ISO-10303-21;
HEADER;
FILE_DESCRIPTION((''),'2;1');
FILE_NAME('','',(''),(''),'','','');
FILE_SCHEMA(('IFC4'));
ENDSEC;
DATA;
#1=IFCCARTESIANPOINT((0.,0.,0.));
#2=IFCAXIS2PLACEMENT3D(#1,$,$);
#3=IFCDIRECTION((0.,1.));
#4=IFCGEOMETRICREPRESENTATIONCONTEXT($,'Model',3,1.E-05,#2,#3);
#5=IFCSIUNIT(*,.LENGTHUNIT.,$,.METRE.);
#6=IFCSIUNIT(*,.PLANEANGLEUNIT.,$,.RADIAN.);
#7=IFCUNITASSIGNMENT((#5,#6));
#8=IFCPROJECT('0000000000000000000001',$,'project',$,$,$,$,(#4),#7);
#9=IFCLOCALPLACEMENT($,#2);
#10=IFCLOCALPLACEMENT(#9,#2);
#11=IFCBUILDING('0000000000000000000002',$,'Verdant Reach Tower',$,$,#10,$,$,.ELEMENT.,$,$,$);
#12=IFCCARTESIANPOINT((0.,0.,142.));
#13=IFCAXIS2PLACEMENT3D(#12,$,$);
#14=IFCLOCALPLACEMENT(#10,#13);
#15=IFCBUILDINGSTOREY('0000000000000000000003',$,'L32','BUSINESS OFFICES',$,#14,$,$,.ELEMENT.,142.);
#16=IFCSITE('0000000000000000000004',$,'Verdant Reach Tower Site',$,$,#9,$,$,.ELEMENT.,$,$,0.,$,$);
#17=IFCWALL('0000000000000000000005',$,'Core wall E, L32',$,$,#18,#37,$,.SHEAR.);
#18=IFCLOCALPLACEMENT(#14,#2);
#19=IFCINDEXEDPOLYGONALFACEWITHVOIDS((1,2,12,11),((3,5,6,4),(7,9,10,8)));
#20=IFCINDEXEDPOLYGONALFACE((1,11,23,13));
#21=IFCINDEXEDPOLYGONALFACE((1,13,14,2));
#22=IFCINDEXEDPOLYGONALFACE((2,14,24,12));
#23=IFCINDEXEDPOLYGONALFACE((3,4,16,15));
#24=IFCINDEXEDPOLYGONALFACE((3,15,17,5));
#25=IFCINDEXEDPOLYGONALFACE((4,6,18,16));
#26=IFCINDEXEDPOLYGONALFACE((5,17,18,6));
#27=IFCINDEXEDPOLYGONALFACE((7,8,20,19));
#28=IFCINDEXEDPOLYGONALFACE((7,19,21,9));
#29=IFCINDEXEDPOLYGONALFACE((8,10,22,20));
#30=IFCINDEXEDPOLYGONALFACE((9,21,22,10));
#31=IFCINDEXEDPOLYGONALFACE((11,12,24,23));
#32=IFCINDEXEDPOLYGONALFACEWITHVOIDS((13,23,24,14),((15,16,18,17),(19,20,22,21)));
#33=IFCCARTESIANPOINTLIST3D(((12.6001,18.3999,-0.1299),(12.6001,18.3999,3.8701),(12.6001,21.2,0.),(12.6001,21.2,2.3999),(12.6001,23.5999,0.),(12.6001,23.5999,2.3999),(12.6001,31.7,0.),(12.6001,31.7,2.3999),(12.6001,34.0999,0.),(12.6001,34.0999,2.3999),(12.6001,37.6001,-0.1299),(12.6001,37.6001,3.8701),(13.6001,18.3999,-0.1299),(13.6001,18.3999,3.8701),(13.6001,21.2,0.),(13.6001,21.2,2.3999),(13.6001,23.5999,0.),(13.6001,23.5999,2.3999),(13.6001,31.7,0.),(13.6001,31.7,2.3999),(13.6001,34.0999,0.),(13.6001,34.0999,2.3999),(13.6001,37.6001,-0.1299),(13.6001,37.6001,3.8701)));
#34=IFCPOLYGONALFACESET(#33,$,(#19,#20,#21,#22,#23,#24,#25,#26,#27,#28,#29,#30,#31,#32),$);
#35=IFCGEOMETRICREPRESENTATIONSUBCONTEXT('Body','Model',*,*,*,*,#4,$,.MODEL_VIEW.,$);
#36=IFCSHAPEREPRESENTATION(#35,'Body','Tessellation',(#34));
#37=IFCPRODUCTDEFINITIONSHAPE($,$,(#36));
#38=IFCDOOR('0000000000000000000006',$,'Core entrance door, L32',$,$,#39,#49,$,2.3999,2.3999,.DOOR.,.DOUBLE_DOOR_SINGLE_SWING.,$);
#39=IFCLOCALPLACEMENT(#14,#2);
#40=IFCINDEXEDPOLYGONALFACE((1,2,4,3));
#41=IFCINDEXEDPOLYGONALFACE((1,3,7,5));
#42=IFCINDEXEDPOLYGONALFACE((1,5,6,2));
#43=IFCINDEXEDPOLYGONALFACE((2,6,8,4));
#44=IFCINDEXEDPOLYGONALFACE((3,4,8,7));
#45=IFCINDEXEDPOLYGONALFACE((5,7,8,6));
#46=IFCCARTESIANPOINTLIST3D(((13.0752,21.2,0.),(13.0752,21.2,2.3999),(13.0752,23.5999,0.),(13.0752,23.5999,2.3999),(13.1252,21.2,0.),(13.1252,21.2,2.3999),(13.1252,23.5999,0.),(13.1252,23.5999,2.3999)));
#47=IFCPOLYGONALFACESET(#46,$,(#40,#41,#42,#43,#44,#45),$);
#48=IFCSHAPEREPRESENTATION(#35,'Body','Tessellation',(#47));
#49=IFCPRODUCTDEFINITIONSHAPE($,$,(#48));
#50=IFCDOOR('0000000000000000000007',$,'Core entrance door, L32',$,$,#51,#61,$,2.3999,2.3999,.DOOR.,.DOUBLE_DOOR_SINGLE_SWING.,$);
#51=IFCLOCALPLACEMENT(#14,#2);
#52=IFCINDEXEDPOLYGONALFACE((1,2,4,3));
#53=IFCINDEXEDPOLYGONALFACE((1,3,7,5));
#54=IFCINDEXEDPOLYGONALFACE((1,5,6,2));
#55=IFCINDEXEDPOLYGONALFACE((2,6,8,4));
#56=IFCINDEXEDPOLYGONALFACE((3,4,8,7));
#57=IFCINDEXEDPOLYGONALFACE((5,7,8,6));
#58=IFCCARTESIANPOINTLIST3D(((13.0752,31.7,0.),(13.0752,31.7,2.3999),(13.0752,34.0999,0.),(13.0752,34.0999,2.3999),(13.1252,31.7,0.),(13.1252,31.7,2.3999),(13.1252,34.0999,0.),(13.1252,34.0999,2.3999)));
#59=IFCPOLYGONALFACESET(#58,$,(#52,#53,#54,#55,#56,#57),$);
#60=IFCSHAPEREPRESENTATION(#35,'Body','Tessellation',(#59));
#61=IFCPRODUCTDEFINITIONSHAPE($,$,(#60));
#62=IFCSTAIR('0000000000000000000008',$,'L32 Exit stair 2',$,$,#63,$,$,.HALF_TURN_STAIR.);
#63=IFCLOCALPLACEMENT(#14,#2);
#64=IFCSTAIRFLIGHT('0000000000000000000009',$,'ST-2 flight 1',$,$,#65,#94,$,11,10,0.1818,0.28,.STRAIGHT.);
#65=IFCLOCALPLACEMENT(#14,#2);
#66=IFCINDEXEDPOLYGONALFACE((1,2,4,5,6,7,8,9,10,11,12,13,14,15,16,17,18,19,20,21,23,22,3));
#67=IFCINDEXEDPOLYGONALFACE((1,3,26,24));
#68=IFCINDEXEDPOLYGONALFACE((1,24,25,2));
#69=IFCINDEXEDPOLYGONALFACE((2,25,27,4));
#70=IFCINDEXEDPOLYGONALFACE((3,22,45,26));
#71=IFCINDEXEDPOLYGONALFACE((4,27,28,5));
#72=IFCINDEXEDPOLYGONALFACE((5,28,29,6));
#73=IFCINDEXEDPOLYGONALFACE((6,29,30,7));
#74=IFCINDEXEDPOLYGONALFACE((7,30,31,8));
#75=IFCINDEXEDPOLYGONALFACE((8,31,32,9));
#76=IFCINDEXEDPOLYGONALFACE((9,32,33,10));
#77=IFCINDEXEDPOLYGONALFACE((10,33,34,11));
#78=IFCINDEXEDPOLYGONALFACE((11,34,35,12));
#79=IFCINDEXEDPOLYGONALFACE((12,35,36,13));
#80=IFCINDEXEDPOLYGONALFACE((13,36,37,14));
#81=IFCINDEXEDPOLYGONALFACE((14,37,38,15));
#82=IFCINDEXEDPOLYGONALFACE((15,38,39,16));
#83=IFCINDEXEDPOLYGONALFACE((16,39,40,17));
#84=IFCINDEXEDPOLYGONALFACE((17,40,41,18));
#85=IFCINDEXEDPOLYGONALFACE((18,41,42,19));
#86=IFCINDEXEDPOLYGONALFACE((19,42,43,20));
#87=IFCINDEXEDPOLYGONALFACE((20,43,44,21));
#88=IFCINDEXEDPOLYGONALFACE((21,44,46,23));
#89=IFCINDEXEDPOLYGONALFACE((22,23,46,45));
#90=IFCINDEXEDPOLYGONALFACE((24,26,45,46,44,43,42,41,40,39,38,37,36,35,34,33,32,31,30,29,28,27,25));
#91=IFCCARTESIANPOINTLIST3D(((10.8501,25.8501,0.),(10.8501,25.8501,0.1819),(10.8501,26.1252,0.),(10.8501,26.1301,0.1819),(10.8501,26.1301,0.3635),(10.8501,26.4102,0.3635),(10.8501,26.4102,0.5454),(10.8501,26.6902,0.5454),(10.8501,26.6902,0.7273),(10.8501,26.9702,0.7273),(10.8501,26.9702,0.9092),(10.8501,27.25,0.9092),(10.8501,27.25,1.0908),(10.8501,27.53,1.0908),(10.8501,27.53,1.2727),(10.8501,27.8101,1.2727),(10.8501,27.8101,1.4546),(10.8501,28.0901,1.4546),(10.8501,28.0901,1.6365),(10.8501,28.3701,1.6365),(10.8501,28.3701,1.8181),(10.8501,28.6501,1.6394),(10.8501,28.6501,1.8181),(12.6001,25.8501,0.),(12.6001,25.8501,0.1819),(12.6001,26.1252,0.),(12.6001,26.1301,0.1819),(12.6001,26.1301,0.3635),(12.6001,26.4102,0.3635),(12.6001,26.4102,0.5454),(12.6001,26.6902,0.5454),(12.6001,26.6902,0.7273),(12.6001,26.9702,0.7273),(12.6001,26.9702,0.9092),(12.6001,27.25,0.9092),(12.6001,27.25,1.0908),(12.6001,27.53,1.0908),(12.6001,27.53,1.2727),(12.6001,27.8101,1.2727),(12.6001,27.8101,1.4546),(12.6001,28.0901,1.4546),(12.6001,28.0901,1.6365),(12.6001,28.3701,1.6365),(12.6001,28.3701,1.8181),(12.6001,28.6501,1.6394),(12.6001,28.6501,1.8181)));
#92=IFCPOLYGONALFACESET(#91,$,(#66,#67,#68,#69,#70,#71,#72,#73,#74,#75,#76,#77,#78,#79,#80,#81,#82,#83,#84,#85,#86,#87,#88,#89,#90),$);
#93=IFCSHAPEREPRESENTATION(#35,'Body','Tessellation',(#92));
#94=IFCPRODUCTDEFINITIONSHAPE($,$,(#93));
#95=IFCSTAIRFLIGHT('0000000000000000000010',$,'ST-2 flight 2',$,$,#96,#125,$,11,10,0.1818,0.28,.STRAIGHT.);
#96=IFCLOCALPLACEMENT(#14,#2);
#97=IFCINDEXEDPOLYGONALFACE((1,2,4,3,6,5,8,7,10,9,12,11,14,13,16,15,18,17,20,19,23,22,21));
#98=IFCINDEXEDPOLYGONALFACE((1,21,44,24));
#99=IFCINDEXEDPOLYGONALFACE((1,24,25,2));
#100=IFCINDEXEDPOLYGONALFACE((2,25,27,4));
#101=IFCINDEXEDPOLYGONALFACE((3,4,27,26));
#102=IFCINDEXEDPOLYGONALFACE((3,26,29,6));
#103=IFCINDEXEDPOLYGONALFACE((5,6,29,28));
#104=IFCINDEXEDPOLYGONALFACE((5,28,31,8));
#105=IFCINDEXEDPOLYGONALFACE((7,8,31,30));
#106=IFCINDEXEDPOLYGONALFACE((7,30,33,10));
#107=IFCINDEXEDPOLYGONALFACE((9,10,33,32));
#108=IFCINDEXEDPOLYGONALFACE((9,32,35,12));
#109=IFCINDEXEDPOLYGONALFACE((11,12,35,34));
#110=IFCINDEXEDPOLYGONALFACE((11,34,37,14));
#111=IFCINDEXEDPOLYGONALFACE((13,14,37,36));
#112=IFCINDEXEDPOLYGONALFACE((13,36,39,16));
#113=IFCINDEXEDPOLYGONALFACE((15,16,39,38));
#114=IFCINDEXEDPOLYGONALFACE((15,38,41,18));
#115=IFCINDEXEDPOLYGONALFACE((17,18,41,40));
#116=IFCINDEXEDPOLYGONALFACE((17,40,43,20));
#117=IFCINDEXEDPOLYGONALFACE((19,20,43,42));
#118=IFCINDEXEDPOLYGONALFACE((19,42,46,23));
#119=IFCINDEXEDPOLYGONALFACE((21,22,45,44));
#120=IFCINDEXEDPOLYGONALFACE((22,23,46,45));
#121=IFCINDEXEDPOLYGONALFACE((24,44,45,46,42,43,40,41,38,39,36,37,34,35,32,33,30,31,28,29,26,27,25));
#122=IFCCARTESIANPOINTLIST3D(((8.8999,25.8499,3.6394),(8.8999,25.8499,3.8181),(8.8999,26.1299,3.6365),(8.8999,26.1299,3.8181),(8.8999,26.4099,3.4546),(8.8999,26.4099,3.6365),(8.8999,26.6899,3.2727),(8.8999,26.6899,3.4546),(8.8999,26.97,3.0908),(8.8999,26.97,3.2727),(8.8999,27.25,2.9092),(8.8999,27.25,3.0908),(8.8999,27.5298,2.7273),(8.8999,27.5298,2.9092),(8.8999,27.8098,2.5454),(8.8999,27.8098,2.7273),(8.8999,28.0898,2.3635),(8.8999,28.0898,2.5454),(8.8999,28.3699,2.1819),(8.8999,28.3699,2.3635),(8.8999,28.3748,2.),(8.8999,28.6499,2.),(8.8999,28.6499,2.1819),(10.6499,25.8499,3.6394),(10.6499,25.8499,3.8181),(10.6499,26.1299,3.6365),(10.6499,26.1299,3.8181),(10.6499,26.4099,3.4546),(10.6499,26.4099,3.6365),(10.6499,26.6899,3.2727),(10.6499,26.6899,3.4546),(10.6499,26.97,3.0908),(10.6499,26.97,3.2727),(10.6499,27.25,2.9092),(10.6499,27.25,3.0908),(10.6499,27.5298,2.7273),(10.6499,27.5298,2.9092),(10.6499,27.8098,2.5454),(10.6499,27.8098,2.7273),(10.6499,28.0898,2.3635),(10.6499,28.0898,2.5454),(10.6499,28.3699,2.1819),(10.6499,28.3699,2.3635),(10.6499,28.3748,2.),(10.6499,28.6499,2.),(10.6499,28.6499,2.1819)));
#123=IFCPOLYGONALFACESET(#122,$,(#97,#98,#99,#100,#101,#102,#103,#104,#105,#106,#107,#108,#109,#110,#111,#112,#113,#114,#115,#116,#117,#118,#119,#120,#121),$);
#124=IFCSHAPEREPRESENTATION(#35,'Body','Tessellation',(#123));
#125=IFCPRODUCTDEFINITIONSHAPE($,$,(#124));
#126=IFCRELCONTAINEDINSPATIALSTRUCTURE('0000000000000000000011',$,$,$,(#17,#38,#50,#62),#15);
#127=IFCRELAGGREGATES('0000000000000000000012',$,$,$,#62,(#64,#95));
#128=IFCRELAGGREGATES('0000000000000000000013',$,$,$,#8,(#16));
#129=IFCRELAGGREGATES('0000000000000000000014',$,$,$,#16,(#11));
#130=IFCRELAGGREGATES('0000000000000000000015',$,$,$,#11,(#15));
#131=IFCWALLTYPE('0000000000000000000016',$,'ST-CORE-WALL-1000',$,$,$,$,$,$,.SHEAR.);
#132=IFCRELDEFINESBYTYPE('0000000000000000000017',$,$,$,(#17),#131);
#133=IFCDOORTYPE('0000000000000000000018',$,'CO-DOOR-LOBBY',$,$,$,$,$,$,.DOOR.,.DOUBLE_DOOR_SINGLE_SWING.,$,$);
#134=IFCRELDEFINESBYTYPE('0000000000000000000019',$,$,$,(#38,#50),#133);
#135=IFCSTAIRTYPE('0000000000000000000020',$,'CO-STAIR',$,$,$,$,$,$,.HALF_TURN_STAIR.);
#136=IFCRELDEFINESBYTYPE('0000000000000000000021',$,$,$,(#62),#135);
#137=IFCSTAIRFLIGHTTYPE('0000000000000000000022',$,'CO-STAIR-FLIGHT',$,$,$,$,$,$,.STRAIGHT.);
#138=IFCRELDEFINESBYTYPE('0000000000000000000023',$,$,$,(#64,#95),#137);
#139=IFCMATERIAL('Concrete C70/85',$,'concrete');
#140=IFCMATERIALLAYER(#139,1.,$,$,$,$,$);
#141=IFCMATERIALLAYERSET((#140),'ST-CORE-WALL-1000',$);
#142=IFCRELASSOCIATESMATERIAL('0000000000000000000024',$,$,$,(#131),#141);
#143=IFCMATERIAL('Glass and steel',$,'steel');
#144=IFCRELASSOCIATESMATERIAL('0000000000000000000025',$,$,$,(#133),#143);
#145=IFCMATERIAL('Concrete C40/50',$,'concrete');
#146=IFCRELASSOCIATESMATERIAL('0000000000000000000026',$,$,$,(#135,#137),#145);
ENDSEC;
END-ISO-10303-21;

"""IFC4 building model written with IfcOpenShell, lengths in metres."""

from ifc_helpers import new_model, si_unit, direction, frame, frame_2d, origin, place, context, subcontext, project, spatial, polyline, rectangle, outline, extrude, material, layer, layer_set, type_object, element, fill, aggregate, save


model = new_model("IFC4")

# Units and contexts
model_context = context("Model", 3, precision=1e-05, world=origin(), true_north=direction((0.0, 1.0)))
body_context = subcontext(model_context, "Body", "Model", "MODEL_VIEW")
ifc_project = project(units=[si_unit("LENGTHUNIT", "METRE"), si_unit("PLANEANGLEUNIT", "RADIAN")], contexts=[model_context])

# Site, building, storey
site_placement = place(None, origin())
site = spatial("IfcSite", under=ifc_project, at=site_placement, Name="Verdant Reach Tower Site", CompositionType="ELEMENT", RefElevation=0.0)
building_placement = place(site_placement, origin())
building = spatial("IfcBuilding", under=site, at=building_placement, Name="Verdant Reach Tower", CompositionType="ELEMENT")
storey_placement = place(building_placement, frame((0.0, 0.0, 142.0)))
storey = spatial("IfcBuildingStorey", under=building, at=storey_placement, Name="L32", Description="BUSINESS OFFICES", CompositionType="ELEMENT", Elevation=142.0)

# Shared definitions
ifc_material_1 = material(Name="Concrete C40/50", Category="concrete")

# Wall, openings, doors
ifc_material_2 = material(Name="Concrete C70/85", Category="concrete")
ifc_layer_1 = layer(ifc_material_2, 1.0)
ifc_layer_set_1 = layer_set([ifc_layer_1], Name="ST-CORE-WALL-1000")
wall_type_1 = type_object("IfcWallType", Name="ST-CORE-WALL-1000", PredefinedType="SHEAR", material=ifc_layer_set_1)
wall_1_placement = place(storey_placement, frame((13.1001, 18.3999, -0.1299), z_axis=(0.0, 0.0, 1.0), x_axis=(0.0, 1.0, 0.0)))
wall_1 = element("IfcWall", 1, at=wall_1_placement, inside=storey, type_object=wall_type_1, Name="Core wall E, L32", PredefinedType="SHEAR", context=body_context, shape_type="SweptSolid", body=[
    extrude(rectangle(XDim=19.2002, YDim=1.0, at=frame_2d((9.6001, 0.0))), origin(), (0.0, 0.0, 1.0), 4.0),
])
opening_1_placement = place(wall_1_placement, frame((2.8, 0.0, 0.1299)))
opening_1 = element("IfcOpeningElement", 2, at=opening_1_placement, cuts=wall_1, PredefinedType="OPENING", context=body_context, shape_type="SweptSolid", body=[
    extrude(rectangle(XDim=2.3999, YDim=2.3999, at=frame_2d((1.2, 1.2))), frame((0.0, 0.51, 0.0), z_axis=(0.0, -1.0, 0.0), x_axis=(1.0, 0.0, 0.0)), (0.0, 0.0, 1.0), 1.02),
])
opening_2_placement = place(wall_1_placement, frame((13.3, 0.0, 0.1299)))
opening_2 = element("IfcOpeningElement", 3, at=opening_2_placement, cuts=wall_1, PredefinedType="OPENING", context=body_context, shape_type="SweptSolid", body=[
    extrude(rectangle(XDim=2.3999, YDim=2.3999, at=frame_2d((1.2, 1.2))), frame((0.0, 0.51, 0.0), z_axis=(0.0, -1.0, 0.0), x_axis=(1.0, 0.0, 0.0)), (0.0, 0.0, 1.0), 1.02),
])
ifc_material_3 = material(Name="Glass and steel", Category="steel")
door_type_1 = type_object("IfcDoorType", Name="CO-DOOR-LOBBY", OperationType="DOUBLE_DOOR_SINGLE_SWING", PredefinedType="DOOR", material=ifc_material_3)
door_1_placement = place(opening_1_placement, origin())
door_1 = element("IfcDoor", 4, at=door_1_placement, inside=storey, type_object=door_type_1, Name="Core entrance door, L32", OperationType="DOUBLE_DOOR_SINGLE_SWING", OverallHeight=2.3999, OverallWidth=2.3999, PredefinedType="DOOR", context=body_context, shape_type="SweptSolid", body=[
    extrude(rectangle(XDim=2.3999, YDim=2.3999, at=frame_2d((1.2, 1.2))), frame((0.0, 0.0249, 0.0), z_axis=(0.0, -1.0, 0.0), x_axis=(1.0, 0.0, 0.0)), (0.0, 0.0, 1.0), 0.05),
])
fill(opening_1, door_1)
door_2_placement = place(opening_2_placement, origin())
door_2 = element("IfcDoor", 5, at=door_2_placement, inside=storey, type_object=door_type_1, Name="Core entrance door, L32", OperationType="DOUBLE_DOOR_SINGLE_SWING", OverallHeight=2.3999, OverallWidth=2.3999, PredefinedType="DOOR", context=body_context, shape_type="SweptSolid", body=[
    extrude(rectangle(XDim=2.3999, YDim=2.3999, at=frame_2d((1.2, 1.2))), frame((0.0, 0.0249, 0.0), z_axis=(0.0, -1.0, 0.0), x_axis=(1.0, 0.0, 0.0)), (0.0, 0.0, 1.0), 0.05),
])
fill(opening_2, door_2)

# Stair, stair flights
stair_type = type_object("IfcStairType", Name="CO-STAIR", PredefinedType="HALF_TURN_STAIR", material=ifc_material_1)
stair_placement = place(storey_placement, origin())
stair = element("IfcStair", 6, at=stair_placement, inside=storey, type_object=stair_type, Name="L32 Exit stair 2", PredefinedType="HALF_TURN_STAIR")
stair_flight_type = type_object("IfcStairFlightType", Name="CO-STAIR-FLIGHT", PredefinedType="STRAIGHT", material=ifc_material_1)
stair_flight_1_placement = place(storey_placement, frame((11.7251, 25.8501, 0.0), z_axis=(0.0, 0.0, 1.0), x_axis=(0.0, 1.0, 0.0)))
stair_flight_1 = element("IfcStairFlight", 7, at=stair_flight_1_placement, type_object=stair_flight_type, Name="ST-2 flight 1", NumberOfRisers=11, NumberOfTreads=10, PredefinedType="STRAIGHT", RiserHeight=0.1818, TreadLength=0.28, context=body_context, shape_type="SweptSolid", body=[
    extrude(outline(polyline([(0.0, 0.0), (0.0, 0.1819), (0.28, 0.1819), (0.28, 0.3635), (0.5601, 0.3635), (0.5601, 0.5454), (0.8401, 0.5454), (0.8401, 0.7273), (1.1201, 0.7273), (1.1201, 0.9092), (1.3999, 0.9092), (1.3999, 1.0908), (1.6799, 1.0908), (1.6799, 1.2727), (1.96, 1.2727), (1.96, 1.4546), (2.24, 1.4546), (2.24, 1.6365), (2.52, 1.6365), (2.52, 1.8181), (2.8, 1.8181), (2.8, 2.0), (2.8, 1.6394), (0.2751, 0.0), (0.0, 0.0)])), frame((0.0, 0.875, 0.0), z_axis=(0.0, -1.0, 0.0), x_axis=(1.0, 0.0, 0.0)), (0.0, 0.0, 1.0), 1.75),
])
stair_flight_2_placement = place(storey_placement, frame((9.7749, 28.6499, 2.0), z_axis=(0.0, 0.0, 1.0), x_axis=(0.0, -1.0, 0.0)))
stair_flight_2 = element("IfcStairFlight", 8, at=stair_flight_2_placement, type_object=stair_flight_type, Name="ST-2 flight 2", NumberOfRisers=11, NumberOfTreads=10, PredefinedType="STRAIGHT", RiserHeight=0.1818, TreadLength=0.28, context=body_context, shape_type="SweptSolid", body=[
    extrude(outline(polyline([(0.0, 0.0), (0.0, 0.1819), (0.28, 0.1819), (0.28, 0.3635), (0.5601, 0.3635), (0.5601, 0.5454), (0.8401, 0.5454), (0.8401, 0.7273), (1.1201, 0.7273), (1.1201, 0.9092), (1.3999, 0.9092), (1.3999, 1.0908), (1.6799, 1.0908), (1.6799, 1.2727), (1.96, 1.2727), (1.96, 1.4546), (2.24, 1.4546), (2.24, 1.6365), (2.52, 1.6365), (2.52, 1.8181), (2.8, 1.8181), (2.8, 2.0), (2.8, 1.6394), (0.2751, 0.0), (0.0, 0.0)])), frame((0.0, 0.875, 0.0), z_axis=(0.0, -1.0, 0.0), x_axis=(1.0, 0.0, 0.0)), (0.0, 0.0, 1.0), 1.75),
])
aggregate(stair, [stair_flight_1, stair_flight_2])

save(model, "model.ifc")
